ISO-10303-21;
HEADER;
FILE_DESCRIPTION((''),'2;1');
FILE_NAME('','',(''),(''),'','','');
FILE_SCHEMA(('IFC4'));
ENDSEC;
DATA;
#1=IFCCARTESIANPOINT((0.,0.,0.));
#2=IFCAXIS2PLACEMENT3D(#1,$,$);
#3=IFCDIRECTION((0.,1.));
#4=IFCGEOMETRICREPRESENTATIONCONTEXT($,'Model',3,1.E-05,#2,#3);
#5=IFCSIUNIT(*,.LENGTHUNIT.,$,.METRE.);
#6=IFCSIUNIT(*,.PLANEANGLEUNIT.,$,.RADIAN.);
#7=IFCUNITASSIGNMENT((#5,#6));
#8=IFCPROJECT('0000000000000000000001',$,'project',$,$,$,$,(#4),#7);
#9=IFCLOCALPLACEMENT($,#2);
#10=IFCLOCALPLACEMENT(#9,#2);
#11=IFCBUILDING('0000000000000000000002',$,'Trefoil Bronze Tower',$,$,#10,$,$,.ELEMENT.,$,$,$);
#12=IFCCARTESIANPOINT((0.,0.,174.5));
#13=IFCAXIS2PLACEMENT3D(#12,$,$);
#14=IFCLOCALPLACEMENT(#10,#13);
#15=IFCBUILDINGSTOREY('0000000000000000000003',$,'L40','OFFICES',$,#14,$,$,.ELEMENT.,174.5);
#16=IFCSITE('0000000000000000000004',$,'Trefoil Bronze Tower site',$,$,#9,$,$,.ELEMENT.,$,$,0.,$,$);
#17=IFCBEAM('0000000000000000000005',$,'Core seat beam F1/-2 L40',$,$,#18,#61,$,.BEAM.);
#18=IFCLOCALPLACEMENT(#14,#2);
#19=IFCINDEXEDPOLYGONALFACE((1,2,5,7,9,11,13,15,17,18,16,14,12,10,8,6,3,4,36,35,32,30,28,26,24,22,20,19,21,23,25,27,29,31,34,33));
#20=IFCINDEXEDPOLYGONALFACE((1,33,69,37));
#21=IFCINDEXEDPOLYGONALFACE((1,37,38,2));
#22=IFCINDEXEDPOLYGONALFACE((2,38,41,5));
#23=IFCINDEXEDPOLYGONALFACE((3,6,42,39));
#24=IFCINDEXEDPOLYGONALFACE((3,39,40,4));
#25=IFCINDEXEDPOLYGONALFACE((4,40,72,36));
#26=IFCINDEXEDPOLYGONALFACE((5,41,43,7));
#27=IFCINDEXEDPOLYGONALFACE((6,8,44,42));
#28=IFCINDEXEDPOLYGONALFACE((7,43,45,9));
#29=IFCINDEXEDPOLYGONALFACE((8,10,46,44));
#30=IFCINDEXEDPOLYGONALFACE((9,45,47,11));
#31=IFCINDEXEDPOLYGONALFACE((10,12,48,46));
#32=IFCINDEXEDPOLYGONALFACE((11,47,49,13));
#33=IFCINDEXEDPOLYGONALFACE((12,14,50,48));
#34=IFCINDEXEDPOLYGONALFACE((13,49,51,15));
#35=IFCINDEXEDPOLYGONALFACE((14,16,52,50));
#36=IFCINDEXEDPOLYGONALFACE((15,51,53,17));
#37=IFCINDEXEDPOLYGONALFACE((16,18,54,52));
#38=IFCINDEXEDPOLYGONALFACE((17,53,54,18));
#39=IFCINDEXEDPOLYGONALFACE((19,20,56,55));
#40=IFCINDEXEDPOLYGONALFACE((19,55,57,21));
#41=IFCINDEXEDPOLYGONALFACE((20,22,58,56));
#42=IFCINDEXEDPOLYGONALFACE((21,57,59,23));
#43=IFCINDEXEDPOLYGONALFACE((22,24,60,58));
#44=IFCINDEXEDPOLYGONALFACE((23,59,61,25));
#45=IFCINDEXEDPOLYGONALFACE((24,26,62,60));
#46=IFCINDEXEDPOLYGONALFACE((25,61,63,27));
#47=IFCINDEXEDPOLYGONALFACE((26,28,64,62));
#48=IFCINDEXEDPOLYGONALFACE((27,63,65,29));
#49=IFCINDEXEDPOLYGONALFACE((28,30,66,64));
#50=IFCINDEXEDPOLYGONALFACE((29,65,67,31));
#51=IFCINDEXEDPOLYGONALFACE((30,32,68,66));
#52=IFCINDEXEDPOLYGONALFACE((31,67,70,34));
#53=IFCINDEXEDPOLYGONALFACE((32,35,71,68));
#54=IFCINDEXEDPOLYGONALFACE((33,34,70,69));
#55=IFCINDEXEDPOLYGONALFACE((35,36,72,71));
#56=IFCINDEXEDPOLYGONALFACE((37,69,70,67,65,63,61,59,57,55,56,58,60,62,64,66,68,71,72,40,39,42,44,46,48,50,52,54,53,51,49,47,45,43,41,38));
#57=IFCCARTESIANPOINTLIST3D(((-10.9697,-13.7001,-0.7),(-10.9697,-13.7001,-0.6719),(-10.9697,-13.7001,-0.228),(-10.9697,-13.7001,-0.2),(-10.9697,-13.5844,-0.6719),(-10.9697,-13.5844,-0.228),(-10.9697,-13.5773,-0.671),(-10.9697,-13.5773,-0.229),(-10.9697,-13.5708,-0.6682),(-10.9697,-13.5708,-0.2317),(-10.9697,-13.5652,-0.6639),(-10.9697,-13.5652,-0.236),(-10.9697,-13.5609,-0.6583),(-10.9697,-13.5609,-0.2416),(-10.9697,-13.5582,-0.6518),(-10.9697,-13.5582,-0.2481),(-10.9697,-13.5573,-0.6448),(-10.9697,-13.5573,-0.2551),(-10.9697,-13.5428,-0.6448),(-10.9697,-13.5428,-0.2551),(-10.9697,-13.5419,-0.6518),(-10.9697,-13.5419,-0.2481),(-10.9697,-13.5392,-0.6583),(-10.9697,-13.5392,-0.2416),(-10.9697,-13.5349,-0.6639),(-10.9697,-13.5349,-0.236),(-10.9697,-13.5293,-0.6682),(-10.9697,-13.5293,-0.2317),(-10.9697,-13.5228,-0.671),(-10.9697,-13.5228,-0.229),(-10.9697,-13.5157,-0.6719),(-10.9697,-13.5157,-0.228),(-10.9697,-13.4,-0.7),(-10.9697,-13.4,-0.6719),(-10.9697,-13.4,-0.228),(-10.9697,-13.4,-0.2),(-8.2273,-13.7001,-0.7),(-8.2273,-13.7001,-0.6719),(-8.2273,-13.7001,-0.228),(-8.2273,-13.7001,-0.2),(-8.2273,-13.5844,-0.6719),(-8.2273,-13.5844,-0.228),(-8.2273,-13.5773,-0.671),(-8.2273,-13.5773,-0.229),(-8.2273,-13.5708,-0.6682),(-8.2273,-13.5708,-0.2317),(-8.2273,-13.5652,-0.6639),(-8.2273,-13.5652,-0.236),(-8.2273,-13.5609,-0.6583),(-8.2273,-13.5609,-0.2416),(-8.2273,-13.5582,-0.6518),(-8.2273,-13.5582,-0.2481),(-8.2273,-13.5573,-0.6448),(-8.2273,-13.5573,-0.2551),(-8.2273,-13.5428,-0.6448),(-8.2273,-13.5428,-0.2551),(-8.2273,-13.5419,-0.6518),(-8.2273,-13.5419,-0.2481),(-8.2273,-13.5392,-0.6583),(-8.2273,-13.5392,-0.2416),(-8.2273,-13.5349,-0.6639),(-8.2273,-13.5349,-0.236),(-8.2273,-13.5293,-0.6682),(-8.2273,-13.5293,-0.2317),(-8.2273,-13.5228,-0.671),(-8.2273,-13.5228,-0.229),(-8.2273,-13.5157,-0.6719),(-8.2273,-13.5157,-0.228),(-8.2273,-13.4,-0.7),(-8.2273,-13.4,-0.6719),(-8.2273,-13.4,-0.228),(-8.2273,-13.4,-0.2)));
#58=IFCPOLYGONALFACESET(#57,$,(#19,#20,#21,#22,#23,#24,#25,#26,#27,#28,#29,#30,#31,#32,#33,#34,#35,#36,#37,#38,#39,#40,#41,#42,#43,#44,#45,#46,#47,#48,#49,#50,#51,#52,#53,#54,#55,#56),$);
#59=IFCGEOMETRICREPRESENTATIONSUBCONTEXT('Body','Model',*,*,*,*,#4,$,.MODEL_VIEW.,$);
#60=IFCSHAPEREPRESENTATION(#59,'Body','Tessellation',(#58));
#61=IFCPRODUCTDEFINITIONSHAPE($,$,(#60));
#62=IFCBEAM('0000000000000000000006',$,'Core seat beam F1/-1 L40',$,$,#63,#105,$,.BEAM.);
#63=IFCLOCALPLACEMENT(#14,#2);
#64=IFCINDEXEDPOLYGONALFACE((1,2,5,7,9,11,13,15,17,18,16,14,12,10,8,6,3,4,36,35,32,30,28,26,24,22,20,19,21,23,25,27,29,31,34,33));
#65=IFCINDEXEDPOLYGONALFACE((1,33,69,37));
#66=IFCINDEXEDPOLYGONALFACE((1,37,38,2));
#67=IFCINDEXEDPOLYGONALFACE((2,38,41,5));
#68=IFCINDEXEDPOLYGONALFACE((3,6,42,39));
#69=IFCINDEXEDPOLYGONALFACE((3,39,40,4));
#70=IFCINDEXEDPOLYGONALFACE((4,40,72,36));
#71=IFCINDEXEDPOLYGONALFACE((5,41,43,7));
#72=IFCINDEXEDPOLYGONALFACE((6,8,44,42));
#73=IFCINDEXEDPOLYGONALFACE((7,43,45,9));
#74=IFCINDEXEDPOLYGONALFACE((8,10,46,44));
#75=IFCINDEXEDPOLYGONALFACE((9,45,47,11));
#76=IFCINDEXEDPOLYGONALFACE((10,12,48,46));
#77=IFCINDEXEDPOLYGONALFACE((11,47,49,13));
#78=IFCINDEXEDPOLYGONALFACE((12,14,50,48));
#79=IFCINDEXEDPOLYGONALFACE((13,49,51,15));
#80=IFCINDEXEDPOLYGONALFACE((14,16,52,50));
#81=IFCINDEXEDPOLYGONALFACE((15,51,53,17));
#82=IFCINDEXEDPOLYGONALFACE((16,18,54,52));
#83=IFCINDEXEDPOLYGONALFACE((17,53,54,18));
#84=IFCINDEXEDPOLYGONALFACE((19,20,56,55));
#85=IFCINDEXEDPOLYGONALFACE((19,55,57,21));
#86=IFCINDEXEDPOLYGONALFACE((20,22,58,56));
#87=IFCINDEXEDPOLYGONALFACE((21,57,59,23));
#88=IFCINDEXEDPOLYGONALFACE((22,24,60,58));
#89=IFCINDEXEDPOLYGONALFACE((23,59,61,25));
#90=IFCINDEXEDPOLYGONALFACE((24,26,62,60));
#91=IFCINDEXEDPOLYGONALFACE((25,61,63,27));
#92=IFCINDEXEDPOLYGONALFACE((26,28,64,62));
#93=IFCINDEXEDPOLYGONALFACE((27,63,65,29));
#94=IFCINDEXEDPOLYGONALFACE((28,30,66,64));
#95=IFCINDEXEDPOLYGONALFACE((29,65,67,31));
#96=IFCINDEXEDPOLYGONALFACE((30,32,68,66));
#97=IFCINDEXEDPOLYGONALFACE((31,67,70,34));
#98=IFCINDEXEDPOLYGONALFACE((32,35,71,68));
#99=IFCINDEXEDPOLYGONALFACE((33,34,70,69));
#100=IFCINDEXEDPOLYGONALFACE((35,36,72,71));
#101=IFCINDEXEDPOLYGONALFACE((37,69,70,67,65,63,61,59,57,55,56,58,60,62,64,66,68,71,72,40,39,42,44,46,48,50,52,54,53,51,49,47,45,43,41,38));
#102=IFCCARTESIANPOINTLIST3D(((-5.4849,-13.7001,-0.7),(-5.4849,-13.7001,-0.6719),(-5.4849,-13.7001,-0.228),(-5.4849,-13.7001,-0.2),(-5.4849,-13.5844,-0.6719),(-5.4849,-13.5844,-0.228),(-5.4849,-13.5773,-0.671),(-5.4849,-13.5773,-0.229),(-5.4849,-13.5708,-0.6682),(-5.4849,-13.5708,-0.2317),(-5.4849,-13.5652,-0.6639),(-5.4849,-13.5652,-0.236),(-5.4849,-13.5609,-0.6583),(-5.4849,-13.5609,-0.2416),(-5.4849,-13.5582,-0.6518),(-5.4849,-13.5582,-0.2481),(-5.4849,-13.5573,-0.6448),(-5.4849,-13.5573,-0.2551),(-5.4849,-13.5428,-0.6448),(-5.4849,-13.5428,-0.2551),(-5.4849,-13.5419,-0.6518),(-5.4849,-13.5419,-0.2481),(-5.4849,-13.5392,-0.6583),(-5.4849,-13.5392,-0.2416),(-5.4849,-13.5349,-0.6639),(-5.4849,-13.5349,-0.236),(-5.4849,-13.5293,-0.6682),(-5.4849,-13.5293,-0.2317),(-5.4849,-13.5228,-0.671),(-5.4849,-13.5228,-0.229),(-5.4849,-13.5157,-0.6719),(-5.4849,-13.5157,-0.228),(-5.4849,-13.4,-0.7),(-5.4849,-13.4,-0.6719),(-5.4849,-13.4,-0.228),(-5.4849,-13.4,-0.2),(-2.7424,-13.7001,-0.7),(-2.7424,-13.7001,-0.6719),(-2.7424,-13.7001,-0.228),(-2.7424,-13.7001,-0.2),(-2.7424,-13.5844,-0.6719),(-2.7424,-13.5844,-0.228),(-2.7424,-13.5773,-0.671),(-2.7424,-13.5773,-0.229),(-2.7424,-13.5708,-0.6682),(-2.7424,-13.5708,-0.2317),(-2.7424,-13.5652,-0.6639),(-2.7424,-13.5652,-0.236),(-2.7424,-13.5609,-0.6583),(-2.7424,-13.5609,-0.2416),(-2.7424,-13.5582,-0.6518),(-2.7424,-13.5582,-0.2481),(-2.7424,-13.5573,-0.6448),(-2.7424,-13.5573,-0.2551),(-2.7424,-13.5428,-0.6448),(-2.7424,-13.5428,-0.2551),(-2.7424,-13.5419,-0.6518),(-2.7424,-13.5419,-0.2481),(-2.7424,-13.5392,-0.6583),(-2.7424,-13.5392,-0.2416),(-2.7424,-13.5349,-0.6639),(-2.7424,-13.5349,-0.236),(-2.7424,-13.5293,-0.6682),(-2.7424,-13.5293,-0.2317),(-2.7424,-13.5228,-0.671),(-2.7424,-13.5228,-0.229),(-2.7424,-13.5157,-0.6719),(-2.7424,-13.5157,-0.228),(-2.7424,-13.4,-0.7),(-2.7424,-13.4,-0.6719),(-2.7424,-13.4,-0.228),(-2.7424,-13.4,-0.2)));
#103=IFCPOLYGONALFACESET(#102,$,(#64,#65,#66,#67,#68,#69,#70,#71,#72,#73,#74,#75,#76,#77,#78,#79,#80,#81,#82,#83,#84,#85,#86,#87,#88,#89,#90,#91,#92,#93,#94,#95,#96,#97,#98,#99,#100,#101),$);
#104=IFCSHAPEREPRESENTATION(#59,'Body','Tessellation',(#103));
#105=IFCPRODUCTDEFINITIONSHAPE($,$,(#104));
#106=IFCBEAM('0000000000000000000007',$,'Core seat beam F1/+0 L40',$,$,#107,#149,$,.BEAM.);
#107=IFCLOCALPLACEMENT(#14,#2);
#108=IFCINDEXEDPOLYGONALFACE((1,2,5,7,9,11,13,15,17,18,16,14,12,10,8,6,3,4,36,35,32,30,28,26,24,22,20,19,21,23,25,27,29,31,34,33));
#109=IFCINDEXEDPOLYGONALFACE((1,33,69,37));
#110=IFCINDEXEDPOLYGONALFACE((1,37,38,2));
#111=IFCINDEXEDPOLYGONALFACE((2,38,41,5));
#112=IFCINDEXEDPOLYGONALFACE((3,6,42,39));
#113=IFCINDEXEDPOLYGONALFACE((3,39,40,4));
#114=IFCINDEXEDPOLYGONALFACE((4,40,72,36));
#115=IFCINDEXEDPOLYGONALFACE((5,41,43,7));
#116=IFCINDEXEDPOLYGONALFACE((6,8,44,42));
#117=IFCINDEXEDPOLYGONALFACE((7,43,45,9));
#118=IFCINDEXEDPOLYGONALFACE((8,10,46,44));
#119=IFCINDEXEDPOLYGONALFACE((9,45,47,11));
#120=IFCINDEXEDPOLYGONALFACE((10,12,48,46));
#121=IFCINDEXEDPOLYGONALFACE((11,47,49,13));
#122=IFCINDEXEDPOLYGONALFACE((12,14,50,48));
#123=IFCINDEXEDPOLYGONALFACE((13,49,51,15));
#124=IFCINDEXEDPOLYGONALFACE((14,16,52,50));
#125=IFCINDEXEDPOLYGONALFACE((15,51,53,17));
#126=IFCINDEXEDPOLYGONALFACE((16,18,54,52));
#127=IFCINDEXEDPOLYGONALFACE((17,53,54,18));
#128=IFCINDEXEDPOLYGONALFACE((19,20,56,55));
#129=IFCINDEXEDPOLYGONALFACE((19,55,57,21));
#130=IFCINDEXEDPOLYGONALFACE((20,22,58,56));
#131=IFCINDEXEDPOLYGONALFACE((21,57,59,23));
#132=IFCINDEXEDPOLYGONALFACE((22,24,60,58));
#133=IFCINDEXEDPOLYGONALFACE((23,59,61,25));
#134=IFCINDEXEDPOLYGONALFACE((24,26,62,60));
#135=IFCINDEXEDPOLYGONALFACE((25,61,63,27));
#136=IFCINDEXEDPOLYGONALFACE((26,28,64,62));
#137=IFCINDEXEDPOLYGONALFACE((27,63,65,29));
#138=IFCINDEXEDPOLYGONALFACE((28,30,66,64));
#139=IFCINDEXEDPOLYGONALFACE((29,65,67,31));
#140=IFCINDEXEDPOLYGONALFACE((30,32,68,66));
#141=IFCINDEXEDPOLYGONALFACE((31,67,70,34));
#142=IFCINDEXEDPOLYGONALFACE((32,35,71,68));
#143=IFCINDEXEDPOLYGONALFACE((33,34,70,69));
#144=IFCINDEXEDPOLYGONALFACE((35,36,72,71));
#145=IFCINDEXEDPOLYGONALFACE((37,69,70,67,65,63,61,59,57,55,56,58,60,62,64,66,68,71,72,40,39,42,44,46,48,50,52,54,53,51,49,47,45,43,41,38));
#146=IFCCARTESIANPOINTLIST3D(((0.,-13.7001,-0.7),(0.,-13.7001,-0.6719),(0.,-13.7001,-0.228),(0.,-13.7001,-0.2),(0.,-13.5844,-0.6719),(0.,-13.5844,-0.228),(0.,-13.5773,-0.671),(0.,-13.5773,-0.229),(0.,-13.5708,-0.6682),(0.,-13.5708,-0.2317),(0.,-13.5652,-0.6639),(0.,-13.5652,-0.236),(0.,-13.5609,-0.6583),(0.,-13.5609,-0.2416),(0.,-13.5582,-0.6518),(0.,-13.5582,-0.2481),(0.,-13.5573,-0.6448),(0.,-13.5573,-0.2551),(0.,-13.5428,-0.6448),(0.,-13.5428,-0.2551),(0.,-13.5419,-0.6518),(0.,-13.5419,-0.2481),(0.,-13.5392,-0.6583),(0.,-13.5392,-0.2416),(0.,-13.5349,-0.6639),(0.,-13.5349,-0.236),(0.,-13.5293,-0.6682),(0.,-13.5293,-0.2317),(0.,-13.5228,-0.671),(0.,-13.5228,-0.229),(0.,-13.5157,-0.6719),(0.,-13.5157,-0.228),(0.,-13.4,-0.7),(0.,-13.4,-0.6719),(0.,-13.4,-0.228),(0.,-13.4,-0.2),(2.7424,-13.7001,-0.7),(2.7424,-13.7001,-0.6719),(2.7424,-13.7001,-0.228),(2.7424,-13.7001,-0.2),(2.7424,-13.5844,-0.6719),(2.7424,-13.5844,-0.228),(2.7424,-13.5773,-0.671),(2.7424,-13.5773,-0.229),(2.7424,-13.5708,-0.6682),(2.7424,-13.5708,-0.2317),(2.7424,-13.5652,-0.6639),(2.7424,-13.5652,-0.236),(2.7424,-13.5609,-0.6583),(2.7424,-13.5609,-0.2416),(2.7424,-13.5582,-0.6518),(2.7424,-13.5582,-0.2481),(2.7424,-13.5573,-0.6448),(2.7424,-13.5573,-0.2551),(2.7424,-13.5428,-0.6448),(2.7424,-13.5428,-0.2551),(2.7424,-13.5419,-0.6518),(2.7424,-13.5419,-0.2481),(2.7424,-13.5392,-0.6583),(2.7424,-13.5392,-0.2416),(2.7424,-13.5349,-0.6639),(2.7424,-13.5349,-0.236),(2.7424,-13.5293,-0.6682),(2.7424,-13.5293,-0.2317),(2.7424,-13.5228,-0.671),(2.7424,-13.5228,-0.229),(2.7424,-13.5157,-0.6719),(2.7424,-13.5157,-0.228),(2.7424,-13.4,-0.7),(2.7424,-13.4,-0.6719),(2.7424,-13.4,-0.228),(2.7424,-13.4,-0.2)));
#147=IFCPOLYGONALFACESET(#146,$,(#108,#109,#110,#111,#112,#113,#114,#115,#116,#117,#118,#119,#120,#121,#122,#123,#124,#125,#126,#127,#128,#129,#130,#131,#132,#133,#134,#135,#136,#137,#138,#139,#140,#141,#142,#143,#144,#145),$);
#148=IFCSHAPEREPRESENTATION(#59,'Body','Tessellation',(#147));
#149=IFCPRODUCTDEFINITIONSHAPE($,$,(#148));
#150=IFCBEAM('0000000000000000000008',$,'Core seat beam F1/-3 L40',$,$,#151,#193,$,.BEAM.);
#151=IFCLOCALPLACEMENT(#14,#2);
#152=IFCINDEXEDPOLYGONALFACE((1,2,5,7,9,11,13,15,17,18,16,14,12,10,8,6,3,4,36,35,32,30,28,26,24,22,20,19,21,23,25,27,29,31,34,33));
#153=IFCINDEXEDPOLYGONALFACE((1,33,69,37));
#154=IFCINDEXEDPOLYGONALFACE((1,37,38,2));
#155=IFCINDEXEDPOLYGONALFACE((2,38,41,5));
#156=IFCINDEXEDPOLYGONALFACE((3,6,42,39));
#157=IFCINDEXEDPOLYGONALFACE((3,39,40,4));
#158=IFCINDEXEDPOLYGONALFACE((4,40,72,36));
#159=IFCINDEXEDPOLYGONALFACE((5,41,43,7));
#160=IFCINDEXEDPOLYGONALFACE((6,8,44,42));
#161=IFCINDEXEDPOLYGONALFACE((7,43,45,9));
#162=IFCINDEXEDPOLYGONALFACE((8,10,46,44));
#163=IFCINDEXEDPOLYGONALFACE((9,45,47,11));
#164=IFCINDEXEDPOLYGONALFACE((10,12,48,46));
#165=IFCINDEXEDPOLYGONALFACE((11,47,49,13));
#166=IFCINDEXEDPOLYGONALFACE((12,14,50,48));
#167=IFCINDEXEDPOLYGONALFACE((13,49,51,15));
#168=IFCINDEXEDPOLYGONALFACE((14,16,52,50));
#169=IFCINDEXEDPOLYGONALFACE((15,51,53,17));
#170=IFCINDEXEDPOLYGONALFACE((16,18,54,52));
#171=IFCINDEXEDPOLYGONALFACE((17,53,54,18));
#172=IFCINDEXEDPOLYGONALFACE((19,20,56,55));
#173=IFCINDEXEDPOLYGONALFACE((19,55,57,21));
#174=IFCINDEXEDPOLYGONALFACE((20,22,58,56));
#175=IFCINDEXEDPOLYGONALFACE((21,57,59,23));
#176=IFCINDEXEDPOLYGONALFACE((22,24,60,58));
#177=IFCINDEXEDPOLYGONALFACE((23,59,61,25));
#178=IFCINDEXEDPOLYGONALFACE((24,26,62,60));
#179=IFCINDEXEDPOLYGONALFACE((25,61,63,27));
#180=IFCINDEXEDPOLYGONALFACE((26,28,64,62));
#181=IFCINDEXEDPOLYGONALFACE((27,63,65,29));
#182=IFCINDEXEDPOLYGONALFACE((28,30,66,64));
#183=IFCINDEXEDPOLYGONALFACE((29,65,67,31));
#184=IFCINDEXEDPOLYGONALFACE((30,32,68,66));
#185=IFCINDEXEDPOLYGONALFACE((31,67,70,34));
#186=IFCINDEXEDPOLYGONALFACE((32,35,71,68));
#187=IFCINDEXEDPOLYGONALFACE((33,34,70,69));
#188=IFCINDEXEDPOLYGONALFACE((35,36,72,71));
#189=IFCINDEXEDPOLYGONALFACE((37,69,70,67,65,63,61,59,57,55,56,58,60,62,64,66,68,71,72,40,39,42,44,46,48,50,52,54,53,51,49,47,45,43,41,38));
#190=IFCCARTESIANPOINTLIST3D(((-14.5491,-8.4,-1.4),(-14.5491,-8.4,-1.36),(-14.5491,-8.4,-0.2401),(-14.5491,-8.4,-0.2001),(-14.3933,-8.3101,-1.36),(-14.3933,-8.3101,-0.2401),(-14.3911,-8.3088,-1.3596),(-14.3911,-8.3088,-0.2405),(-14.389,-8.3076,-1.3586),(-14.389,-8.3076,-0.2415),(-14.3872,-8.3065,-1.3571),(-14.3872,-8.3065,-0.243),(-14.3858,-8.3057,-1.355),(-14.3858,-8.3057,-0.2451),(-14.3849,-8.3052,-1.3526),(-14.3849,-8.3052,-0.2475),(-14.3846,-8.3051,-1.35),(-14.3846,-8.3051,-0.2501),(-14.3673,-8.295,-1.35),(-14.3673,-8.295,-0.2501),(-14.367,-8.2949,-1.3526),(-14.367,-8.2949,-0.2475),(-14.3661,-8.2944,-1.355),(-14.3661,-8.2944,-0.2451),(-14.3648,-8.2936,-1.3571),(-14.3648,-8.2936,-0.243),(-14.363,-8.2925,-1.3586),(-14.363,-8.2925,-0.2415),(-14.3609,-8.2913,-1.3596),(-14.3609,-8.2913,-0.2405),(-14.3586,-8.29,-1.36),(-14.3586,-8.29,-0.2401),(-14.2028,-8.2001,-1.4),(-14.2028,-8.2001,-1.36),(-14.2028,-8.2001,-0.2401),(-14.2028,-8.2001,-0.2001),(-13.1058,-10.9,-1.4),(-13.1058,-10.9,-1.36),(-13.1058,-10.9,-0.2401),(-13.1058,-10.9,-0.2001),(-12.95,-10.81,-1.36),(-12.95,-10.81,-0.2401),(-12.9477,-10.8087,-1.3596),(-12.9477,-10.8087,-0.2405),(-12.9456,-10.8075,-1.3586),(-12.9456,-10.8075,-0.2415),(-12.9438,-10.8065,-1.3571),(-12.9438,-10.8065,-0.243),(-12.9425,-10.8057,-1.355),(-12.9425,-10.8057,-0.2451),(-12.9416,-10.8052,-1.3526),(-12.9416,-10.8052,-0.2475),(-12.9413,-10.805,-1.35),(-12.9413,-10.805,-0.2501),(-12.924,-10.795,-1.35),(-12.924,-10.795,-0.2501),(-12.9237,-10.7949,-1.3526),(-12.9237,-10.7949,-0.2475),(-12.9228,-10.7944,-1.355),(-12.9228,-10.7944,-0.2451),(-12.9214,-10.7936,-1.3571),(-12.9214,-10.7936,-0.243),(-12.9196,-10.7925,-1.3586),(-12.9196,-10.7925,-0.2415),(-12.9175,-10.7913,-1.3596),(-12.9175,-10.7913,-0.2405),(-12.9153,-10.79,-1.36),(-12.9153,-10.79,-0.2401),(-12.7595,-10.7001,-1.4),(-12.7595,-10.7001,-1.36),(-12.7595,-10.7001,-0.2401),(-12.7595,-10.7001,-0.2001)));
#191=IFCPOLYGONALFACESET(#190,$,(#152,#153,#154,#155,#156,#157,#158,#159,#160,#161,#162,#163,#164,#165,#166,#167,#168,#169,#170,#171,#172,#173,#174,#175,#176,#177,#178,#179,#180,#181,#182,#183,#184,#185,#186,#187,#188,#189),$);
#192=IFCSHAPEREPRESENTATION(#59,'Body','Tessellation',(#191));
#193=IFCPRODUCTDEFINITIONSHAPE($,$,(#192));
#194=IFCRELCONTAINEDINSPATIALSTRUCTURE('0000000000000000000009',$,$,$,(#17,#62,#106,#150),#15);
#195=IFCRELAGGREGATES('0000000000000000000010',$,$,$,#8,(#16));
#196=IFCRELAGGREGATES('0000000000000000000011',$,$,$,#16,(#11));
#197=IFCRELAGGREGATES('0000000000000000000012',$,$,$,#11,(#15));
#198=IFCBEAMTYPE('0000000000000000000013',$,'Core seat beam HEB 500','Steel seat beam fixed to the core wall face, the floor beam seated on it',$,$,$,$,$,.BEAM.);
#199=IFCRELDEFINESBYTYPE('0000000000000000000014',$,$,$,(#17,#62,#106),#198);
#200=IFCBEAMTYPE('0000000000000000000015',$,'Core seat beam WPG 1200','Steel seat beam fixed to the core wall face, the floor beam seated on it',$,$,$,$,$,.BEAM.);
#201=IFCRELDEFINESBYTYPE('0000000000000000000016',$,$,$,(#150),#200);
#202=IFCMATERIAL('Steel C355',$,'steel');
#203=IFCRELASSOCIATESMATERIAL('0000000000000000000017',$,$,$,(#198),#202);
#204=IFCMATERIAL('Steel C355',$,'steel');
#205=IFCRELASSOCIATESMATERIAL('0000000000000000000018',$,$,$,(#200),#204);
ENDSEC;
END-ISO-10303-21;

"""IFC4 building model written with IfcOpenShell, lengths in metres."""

from ifc_helpers import new_model, si_unit, direction, frame, origin, origin_2d, place, context, subcontext, project, spatial, i_section, extrude, material, material_profile, profile_set, type_object, element, save


model = new_model("IFC4")

# Units and contexts
model_context = context("Model", 3, precision=1e-05, world=origin(), true_north=direction((0.0, 1.0)))
body_context = subcontext(model_context, "Body", "Model", "MODEL_VIEW")
ifc_project = project(units=[si_unit("LENGTHUNIT", "METRE"), si_unit("PLANEANGLEUNIT", "RADIAN")], contexts=[model_context])

# Site, building, storey
site_placement = place(None, origin())
site = spatial("IfcSite", under=ifc_project, at=site_placement, Name="Trefoil Bronze Tower site", CompositionType="ELEMENT", RefElevation=0.0)
building_placement = place(site_placement, origin())
building = spatial("IfcBuilding", under=site, at=building_placement, Name="Trefoil Bronze Tower", CompositionType="ELEMENT")
storey_placement = place(building_placement, frame((0.0, 0.0, 174.5)))
storey = spatial("IfcBuildingStorey", under=building, at=storey_placement, Name="L40", Description="OFFICES", CompositionType="ELEMENT", Elevation=174.5)

# Beams
ifc_material_1 = material(Name="Steel C355", Category="steel")
ifc_material_profile_1 = material_profile(ifc_material_1, i_section(OverallWidth=0.3, OverallDepth=0.5, WebThickness=0.0144, FlangeThickness=0.0281, FilletRadius=0.0271, at=origin_2d()), Name="HEB 500")
ifc_profile_set_1 = profile_set([ifc_material_profile_1], Name="Steel C355")
beam_type_1 = type_object("IfcBeamType", Name="Core seat beam HEB 500", Description="Steel seat beam fixed to the core wall face, the floor beam seated on it", PredefinedType="BEAM", material=ifc_profile_set_1)
for number, where, z_axis, x_axis, name in (
    (1, (-10.9697, -13.55, -0.45), (1.0, 0.0, 0.0), (0.0, 1.0, 0.0), "Core seat beam F1/-2 L40"),
    (2, (-5.4849, -13.55, -0.45), (1.0, 0.0, 0.0), (0.0, 1.0, 0.0), "Core seat beam F1/-1 L40"),
    (3, (0.0, -13.55, -0.45), (1.0, 0.0, 0.0), (0.0, 1.0, 0.0), "Core seat beam F1/+0 L40"),
):
    element("IfcBeam", number, at=place(storey_placement, frame(where, z_axis=z_axis, x_axis=x_axis)), inside=storey, type_object=beam_type_1, Name=name, PredefinedType="BEAM", context=body_context, shape_type="SweptSolid", body=[
        extrude(i_section(OverallWidth=0.3, OverallDepth=0.5, WebThickness=0.0144, FlangeThickness=0.0281, FilletRadius=0.0271, at=origin_2d()), origin(), (0.0, 0.0, 1.0), 2.7424),
    ])
ifc_material_2 = material(Name="Steel C355", Category="steel")
ifc_material_profile_2 = material_profile(ifc_material_2, i_section(OverallWidth=0.3999, OverallDepth=1.2, WebThickness=0.02, FlangeThickness=0.04, FilletRadius=0.01, at=origin_2d()), Name="WPG 1200")
ifc_profile_set_2 = profile_set([ifc_material_profile_2], Name="Steel C355")
beam_type_2 = type_object("IfcBeamType", Name="Core seat beam WPG 1200", Description="Steel seat beam fixed to the core wall face, the floor beam seated on it", PredefinedType="BEAM", material=ifc_profile_set_2)
beam_1_placement = place(storey_placement, frame((-14.376, -8.3, -0.8), z_axis=(0.499996, -0.866028, 0.0), x_axis=(0.866028, 0.499996, 0.0)))
element("IfcBeam", 4, at=beam_1_placement, inside=storey, type_object=beam_type_2, Name="Core seat beam F1/-3 L40", PredefinedType="BEAM", context=body_context, shape_type="SweptSolid", body=[
    extrude(i_section(OverallWidth=0.3999, OverallDepth=1.2, WebThickness=0.02, FlangeThickness=0.04, FilletRadius=0.01, at=origin_2d()), origin(), (0.0, 0.0, 1.0), 2.8867),
])

save(model, "model.ifc")
